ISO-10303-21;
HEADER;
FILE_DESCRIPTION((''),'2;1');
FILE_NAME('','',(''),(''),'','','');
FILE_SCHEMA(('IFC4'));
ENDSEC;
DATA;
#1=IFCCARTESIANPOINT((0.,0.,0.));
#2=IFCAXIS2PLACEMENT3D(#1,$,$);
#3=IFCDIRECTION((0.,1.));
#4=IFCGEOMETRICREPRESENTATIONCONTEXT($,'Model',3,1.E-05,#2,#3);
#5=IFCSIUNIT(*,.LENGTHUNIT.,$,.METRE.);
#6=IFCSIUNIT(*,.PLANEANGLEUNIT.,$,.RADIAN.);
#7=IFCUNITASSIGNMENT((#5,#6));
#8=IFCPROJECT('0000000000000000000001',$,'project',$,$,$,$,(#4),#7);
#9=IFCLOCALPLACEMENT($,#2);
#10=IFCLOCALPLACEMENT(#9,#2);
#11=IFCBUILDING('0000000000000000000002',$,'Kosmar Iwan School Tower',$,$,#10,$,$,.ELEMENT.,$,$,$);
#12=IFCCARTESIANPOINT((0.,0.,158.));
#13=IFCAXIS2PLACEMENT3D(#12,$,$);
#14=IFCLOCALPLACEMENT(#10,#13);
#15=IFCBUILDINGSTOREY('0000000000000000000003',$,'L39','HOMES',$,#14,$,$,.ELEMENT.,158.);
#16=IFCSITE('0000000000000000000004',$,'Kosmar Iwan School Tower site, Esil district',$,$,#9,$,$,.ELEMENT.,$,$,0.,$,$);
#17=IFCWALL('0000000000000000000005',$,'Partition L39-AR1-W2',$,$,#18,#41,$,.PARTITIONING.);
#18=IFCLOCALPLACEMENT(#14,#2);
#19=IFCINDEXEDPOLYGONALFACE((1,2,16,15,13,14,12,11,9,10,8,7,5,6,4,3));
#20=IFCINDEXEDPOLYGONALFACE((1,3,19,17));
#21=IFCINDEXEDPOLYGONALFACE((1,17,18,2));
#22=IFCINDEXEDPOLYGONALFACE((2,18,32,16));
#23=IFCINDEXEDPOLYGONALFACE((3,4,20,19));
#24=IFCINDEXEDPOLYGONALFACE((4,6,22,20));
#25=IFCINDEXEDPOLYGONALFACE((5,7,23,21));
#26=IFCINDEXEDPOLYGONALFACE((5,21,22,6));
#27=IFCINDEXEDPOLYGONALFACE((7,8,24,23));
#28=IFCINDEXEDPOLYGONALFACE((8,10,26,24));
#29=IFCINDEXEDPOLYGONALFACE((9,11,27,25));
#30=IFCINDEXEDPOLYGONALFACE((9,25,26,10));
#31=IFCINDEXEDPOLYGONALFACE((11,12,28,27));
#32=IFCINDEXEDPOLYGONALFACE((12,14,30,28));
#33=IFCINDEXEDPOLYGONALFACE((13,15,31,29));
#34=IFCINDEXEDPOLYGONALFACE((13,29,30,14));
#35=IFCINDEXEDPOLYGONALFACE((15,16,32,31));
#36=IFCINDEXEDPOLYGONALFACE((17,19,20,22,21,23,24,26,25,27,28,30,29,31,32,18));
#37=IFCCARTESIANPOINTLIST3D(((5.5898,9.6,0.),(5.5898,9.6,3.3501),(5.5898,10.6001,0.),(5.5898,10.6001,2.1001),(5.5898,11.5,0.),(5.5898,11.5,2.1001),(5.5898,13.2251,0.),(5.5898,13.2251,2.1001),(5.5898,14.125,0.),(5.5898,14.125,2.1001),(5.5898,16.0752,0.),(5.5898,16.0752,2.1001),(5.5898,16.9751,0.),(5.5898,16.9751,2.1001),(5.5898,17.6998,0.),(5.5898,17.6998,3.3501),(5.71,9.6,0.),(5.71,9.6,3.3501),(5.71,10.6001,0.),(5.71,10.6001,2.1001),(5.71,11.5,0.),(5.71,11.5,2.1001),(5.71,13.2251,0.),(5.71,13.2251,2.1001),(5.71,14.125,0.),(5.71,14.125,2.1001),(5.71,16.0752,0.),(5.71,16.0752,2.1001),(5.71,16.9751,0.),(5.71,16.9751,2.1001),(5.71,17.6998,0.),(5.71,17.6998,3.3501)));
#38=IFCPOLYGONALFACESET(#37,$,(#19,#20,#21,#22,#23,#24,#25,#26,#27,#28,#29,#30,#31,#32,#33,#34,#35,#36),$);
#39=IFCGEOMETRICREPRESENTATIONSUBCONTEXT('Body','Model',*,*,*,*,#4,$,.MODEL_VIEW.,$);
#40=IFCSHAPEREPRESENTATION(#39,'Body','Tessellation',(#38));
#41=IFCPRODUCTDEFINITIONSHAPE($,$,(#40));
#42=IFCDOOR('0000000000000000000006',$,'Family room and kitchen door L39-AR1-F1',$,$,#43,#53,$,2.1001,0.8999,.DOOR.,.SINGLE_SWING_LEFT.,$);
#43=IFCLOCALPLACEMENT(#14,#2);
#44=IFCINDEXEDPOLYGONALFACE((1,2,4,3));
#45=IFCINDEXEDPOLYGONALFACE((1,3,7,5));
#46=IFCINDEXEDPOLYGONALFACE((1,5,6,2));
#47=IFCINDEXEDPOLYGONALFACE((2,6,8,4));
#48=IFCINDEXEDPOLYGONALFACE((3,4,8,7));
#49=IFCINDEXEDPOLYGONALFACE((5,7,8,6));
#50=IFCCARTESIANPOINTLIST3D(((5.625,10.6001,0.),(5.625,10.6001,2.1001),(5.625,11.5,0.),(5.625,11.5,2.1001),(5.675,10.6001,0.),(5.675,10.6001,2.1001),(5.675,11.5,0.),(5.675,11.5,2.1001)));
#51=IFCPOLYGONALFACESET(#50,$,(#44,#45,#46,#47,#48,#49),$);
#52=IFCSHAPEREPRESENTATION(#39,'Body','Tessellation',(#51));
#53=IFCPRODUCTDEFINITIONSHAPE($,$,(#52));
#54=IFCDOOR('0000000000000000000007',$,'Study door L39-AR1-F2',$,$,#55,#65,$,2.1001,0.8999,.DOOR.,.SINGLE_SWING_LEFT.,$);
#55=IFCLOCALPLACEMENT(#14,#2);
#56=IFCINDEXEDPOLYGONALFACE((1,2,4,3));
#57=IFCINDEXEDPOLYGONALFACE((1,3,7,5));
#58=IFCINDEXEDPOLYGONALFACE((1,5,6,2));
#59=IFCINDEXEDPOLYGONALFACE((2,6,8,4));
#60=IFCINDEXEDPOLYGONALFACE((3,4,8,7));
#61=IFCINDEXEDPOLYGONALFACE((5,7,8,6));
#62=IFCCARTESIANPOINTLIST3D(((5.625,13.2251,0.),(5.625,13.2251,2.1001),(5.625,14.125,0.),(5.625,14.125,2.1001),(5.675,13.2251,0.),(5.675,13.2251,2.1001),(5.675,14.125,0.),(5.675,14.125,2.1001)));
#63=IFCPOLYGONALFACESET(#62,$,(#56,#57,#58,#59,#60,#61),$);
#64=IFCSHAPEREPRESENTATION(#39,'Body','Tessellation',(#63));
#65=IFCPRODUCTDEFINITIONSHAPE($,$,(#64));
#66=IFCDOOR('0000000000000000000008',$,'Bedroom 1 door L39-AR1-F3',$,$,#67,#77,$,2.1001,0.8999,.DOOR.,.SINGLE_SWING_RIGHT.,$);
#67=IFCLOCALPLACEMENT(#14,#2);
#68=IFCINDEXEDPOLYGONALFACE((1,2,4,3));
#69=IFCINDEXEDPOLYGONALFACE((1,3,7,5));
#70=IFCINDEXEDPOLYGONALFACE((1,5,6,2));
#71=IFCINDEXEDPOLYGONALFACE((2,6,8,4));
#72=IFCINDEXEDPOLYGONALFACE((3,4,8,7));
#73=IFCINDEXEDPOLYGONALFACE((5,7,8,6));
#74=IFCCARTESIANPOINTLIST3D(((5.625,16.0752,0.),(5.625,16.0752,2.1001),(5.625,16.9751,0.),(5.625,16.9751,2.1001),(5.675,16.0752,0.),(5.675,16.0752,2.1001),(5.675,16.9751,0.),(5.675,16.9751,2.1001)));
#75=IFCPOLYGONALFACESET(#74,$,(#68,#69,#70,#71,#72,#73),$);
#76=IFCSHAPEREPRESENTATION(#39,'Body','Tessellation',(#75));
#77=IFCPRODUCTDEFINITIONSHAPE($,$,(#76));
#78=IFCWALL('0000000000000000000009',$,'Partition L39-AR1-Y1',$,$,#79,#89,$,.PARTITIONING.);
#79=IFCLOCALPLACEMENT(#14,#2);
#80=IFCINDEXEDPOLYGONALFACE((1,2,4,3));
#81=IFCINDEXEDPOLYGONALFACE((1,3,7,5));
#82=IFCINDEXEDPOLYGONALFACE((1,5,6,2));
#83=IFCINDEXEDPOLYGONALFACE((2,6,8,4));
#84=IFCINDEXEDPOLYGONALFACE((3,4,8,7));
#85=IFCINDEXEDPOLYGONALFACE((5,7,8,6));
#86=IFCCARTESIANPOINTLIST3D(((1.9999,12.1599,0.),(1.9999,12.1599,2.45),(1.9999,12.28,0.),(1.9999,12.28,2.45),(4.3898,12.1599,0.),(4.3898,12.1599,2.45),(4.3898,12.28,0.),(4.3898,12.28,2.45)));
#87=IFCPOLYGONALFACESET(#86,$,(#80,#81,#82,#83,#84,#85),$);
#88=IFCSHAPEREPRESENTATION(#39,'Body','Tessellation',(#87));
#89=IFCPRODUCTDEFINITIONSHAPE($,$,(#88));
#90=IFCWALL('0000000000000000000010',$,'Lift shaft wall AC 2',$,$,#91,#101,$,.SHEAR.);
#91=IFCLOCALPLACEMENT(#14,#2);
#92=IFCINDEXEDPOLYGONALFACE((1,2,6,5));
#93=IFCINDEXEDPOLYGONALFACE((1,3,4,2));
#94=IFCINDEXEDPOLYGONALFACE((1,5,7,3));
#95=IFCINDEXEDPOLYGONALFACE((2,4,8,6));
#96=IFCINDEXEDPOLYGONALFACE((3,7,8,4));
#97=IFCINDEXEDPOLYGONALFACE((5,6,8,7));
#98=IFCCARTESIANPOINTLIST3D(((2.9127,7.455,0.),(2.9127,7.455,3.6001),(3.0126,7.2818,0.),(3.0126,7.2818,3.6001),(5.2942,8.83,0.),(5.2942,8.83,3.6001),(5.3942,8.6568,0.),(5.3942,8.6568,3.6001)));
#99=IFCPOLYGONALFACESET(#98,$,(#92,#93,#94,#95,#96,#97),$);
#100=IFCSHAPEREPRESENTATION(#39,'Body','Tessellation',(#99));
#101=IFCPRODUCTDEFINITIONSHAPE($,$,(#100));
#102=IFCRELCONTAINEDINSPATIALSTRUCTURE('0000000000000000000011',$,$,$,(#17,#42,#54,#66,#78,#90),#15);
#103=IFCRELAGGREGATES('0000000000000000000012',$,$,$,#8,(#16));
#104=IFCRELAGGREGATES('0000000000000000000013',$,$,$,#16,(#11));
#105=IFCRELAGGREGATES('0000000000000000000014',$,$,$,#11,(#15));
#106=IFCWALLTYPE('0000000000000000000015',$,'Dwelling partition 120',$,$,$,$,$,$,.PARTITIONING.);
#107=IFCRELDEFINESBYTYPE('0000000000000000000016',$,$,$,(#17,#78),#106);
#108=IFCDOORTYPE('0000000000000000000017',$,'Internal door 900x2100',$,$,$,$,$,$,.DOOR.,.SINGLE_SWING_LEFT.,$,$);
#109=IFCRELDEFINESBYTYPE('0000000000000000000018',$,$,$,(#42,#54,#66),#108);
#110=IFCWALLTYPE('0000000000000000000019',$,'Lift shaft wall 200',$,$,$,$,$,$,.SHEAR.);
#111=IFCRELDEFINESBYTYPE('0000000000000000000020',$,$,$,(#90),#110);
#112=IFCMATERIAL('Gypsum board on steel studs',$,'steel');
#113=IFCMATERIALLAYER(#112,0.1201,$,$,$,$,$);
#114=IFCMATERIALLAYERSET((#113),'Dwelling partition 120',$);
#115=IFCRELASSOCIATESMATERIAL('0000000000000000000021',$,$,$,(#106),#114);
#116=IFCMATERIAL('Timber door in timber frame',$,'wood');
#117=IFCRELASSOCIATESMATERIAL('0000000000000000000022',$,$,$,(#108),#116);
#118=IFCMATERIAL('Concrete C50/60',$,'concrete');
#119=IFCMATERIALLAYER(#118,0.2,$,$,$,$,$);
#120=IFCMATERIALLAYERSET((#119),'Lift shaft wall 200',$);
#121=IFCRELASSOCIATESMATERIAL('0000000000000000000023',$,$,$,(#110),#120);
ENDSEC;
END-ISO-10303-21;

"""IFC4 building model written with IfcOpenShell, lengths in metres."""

from ifc_helpers import new_model, si_unit, direction, frame, frame_2d, origin, place, context, subcontext, project, spatial, rectangle, extrude, material, layer, layer_set, type_object, element, fill, save


model = new_model("IFC4")

# Units and contexts
model_context = context("Model", 3, precision=1e-05, world=origin(), true_north=direction((0.0, 1.0)))
body_context = subcontext(model_context, "Body", "Model", "MODEL_VIEW")
ifc_project = project(units=[si_unit("LENGTHUNIT", "METRE"), si_unit("PLANEANGLEUNIT", "RADIAN")], contexts=[model_context])

# Site, building, storey
site_placement = place(None, origin())
site = spatial("IfcSite", under=ifc_project, at=site_placement, Name="Kosmar Iwan School Tower site, Esil district", CompositionType="ELEMENT", RefElevation=0.0)
building_placement = place(site_placement, origin())
building = spatial("IfcBuilding", under=site, at=building_placement, Name="Kosmar Iwan School Tower", CompositionType="ELEMENT")
storey_placement = place(building_placement, frame((0.0, 0.0, 158.0)))
storey = spatial("IfcBuildingStorey", under=building, at=storey_placement, Name="L39", Description="HOMES", CompositionType="ELEMENT", Elevation=158.0)

# Wall, openings, doors
ifc_material_1 = material(Name="Gypsum board on steel studs", Category="steel")
ifc_layer_1 = layer(ifc_material_1, 0.1201)
ifc_layer_set_1 = layer_set([ifc_layer_1], Name="Dwelling partition 120")
wall_type_1 = type_object("IfcWallType", Name="Dwelling partition 120", PredefinedType="PARTITIONING", material=ifc_layer_set_1)
ifc_material_2 = material(Name="Timber door in timber frame", Category="wood")
door_type_1 = type_object("IfcDoorType", Name="Internal door 900x2100", OperationType="SINGLE_SWING_LEFT", PredefinedType="DOOR", material=ifc_material_2)
wall_1_placement = place(storey_placement, frame((5.6499, 9.6001, 0.0), z_axis=(0.0, 0.0, 1.0), x_axis=(0.0, 1.0, 0.0)))
wall_1 = element("IfcWall", 1, at=wall_1_placement, inside=storey, type_object=wall_type_1, Name="Partition L39-AR1-W2", PredefinedType="PARTITIONING", context=body_context, shape_type="SweptSolid", body=[
    extrude(rectangle(XDim=8.0999, YDim=0.1201, at=frame_2d((4.0498, 0.0))), origin(), (0.0, 0.0, 1.0), 3.3501),
])
opening_1_placement = place(wall_1_placement, frame((1.0, 0.0, 0.0)))
opening_1 = element("IfcOpeningElement", 2, at=opening_1_placement, cuts=wall_1, PredefinedType="OPENING", context=body_context, shape_type="SweptSolid", body=[
    extrude(rectangle(XDim=0.8999, YDim=2.1001, at=frame_2d((0.45, 1.05))), frame((0.0, 0.072, 0.0), z_axis=(0.0, -1.0, 0.0), x_axis=(1.0, 0.0, 0.0)), (0.0, 0.0, 1.0), 0.144),
])
opening_2_placement = place(wall_1_placement, frame((3.625, 0.0, 0.0)))
opening_2 = element("IfcOpeningElement", 3, at=opening_2_placement, cuts=wall_1, PredefinedType="OPENING", context=body_context, shape_type="SweptSolid", body=[
    extrude(rectangle(XDim=0.8999, YDim=2.1001, at=frame_2d((0.45, 1.05))), frame((0.0, 0.072, 0.0), z_axis=(0.0, -1.0, 0.0), x_axis=(1.0, 0.0, 0.0)), (0.0, 0.0, 1.0), 0.144),
])
opening_3_placement = place(wall_1_placement, frame((6.4751, 0.0, 0.0)))
opening_3 = element("IfcOpeningElement", 4, at=opening_3_placement, cuts=wall_1, PredefinedType="OPENING", context=body_context, shape_type="SweptSolid", body=[
    extrude(rectangle(XDim=0.8999, YDim=2.1001, at=frame_2d((0.45, 1.05))), frame((0.0, 0.072, 0.0), z_axis=(0.0, -1.0, 0.0), x_axis=(1.0, 0.0, 0.0)), (0.0, 0.0, 1.0), 0.144),
])
door_1_placement = place(opening_1_placement, origin())
door_1 = element("IfcDoor", 5, at=door_1_placement, inside=storey, type_object=door_type_1, Name="Family room and kitchen door L39-AR1-F1", OperationType="SINGLE_SWING_LEFT", OverallHeight=2.1001, OverallWidth=0.8999, PredefinedType="DOOR", context=body_context, shape_type="SweptSolid", body=[
    extrude(rectangle(XDim=0.8999, YDim=2.1001, at=frame_2d((0.45, 1.05))), frame((0.0, 0.0249, 0.0), z_axis=(0.0, -1.0, 0.0), x_axis=(1.0, 0.0, 0.0)), (0.0, 0.0, 1.0), 0.05),
])
fill(opening_1, door_1)
door_2_placement = place(opening_2_placement, origin())
door_2 = element("IfcDoor", 6, at=door_2_placement, inside=storey, type_object=door_type_1, Name="Study door L39-AR1-F2", OperationType="SINGLE_SWING_LEFT", OverallHeight=2.1001, OverallWidth=0.8999, PredefinedType="DOOR", context=body_context, shape_type="SweptSolid", body=[
    extrude(rectangle(XDim=0.8999, YDim=2.1001, at=frame_2d((0.45, 1.05))), frame((0.0, 0.0249, 0.0), z_axis=(0.0, -1.0, 0.0), x_axis=(1.0, 0.0, 0.0)), (0.0, 0.0, 1.0), 0.05),
])
fill(opening_2, door_2)
door_3_placement = place(opening_3_placement, origin())
door_3 = element("IfcDoor", 7, at=door_3_placement, inside=storey, type_object=door_type_1, Name="Bedroom 1 door L39-AR1-F3", OperationType="SINGLE_SWING_RIGHT", OverallHeight=2.1001, OverallWidth=0.8999, PredefinedType="DOOR", context=body_context, shape_type="SweptSolid", body=[
    extrude(rectangle(XDim=0.8999, YDim=2.1001, at=frame_2d((0.45, 1.05))), frame((0.0, 0.0249, 0.0), z_axis=(0.0, -1.0, 0.0), x_axis=(1.0, 0.0, 0.0)), (0.0, 0.0, 1.0), 0.05),
])
fill(opening_3, door_3)

# Walls
wall_2_placement = place(storey_placement, frame((2.0, 12.22, 0.0), z_axis=(0.0, 0.0, 1.0), x_axis=(1.0, 0.0, 0.0)))
element("IfcWall", 8, at=wall_2_placement, inside=storey, type_object=wall_type_1, Name="Partition L39-AR1-Y1", PredefinedType="PARTITIONING", context=body_context, shape_type="SweptSolid", body=[
    extrude(rectangle(XDim=2.3899, YDim=0.1201, at=frame_2d((1.1948, 0.0))), origin(), (0.0, 0.0, 1.0), 2.45),
])
ifc_material_3 = material(Name="Concrete C50/60", Category="concrete")
ifc_layer_2 = layer(ifc_material_3, 0.2)
ifc_layer_set_2 = layer_set([ifc_layer_2], Name="Lift shaft wall 200")
wall_type_2 = type_object("IfcWallType", Name="Lift shaft wall 200", PredefinedType="SHEAR", material=ifc_layer_set_2)
wall_3_placement = place(storey_placement, frame((2.9626, 7.3684, 0.0), z_axis=(0.0, 0.0, 1.0), x_axis=(0.866027, 0.499997, 0.0)))
element("IfcWall", 9, at=wall_3_placement, inside=storey, type_object=wall_type_2, Name="Lift shaft wall AC 2", PredefinedType="SHEAR", context=body_context, shape_type="SweptSolid", body=[
    extrude(rectangle(XDim=2.75, YDim=0.2, at=frame_2d((1.375, 0.0))), origin(), (0.0, 0.0, 1.0), 3.6001),
])

save(model, "model.ifc")
